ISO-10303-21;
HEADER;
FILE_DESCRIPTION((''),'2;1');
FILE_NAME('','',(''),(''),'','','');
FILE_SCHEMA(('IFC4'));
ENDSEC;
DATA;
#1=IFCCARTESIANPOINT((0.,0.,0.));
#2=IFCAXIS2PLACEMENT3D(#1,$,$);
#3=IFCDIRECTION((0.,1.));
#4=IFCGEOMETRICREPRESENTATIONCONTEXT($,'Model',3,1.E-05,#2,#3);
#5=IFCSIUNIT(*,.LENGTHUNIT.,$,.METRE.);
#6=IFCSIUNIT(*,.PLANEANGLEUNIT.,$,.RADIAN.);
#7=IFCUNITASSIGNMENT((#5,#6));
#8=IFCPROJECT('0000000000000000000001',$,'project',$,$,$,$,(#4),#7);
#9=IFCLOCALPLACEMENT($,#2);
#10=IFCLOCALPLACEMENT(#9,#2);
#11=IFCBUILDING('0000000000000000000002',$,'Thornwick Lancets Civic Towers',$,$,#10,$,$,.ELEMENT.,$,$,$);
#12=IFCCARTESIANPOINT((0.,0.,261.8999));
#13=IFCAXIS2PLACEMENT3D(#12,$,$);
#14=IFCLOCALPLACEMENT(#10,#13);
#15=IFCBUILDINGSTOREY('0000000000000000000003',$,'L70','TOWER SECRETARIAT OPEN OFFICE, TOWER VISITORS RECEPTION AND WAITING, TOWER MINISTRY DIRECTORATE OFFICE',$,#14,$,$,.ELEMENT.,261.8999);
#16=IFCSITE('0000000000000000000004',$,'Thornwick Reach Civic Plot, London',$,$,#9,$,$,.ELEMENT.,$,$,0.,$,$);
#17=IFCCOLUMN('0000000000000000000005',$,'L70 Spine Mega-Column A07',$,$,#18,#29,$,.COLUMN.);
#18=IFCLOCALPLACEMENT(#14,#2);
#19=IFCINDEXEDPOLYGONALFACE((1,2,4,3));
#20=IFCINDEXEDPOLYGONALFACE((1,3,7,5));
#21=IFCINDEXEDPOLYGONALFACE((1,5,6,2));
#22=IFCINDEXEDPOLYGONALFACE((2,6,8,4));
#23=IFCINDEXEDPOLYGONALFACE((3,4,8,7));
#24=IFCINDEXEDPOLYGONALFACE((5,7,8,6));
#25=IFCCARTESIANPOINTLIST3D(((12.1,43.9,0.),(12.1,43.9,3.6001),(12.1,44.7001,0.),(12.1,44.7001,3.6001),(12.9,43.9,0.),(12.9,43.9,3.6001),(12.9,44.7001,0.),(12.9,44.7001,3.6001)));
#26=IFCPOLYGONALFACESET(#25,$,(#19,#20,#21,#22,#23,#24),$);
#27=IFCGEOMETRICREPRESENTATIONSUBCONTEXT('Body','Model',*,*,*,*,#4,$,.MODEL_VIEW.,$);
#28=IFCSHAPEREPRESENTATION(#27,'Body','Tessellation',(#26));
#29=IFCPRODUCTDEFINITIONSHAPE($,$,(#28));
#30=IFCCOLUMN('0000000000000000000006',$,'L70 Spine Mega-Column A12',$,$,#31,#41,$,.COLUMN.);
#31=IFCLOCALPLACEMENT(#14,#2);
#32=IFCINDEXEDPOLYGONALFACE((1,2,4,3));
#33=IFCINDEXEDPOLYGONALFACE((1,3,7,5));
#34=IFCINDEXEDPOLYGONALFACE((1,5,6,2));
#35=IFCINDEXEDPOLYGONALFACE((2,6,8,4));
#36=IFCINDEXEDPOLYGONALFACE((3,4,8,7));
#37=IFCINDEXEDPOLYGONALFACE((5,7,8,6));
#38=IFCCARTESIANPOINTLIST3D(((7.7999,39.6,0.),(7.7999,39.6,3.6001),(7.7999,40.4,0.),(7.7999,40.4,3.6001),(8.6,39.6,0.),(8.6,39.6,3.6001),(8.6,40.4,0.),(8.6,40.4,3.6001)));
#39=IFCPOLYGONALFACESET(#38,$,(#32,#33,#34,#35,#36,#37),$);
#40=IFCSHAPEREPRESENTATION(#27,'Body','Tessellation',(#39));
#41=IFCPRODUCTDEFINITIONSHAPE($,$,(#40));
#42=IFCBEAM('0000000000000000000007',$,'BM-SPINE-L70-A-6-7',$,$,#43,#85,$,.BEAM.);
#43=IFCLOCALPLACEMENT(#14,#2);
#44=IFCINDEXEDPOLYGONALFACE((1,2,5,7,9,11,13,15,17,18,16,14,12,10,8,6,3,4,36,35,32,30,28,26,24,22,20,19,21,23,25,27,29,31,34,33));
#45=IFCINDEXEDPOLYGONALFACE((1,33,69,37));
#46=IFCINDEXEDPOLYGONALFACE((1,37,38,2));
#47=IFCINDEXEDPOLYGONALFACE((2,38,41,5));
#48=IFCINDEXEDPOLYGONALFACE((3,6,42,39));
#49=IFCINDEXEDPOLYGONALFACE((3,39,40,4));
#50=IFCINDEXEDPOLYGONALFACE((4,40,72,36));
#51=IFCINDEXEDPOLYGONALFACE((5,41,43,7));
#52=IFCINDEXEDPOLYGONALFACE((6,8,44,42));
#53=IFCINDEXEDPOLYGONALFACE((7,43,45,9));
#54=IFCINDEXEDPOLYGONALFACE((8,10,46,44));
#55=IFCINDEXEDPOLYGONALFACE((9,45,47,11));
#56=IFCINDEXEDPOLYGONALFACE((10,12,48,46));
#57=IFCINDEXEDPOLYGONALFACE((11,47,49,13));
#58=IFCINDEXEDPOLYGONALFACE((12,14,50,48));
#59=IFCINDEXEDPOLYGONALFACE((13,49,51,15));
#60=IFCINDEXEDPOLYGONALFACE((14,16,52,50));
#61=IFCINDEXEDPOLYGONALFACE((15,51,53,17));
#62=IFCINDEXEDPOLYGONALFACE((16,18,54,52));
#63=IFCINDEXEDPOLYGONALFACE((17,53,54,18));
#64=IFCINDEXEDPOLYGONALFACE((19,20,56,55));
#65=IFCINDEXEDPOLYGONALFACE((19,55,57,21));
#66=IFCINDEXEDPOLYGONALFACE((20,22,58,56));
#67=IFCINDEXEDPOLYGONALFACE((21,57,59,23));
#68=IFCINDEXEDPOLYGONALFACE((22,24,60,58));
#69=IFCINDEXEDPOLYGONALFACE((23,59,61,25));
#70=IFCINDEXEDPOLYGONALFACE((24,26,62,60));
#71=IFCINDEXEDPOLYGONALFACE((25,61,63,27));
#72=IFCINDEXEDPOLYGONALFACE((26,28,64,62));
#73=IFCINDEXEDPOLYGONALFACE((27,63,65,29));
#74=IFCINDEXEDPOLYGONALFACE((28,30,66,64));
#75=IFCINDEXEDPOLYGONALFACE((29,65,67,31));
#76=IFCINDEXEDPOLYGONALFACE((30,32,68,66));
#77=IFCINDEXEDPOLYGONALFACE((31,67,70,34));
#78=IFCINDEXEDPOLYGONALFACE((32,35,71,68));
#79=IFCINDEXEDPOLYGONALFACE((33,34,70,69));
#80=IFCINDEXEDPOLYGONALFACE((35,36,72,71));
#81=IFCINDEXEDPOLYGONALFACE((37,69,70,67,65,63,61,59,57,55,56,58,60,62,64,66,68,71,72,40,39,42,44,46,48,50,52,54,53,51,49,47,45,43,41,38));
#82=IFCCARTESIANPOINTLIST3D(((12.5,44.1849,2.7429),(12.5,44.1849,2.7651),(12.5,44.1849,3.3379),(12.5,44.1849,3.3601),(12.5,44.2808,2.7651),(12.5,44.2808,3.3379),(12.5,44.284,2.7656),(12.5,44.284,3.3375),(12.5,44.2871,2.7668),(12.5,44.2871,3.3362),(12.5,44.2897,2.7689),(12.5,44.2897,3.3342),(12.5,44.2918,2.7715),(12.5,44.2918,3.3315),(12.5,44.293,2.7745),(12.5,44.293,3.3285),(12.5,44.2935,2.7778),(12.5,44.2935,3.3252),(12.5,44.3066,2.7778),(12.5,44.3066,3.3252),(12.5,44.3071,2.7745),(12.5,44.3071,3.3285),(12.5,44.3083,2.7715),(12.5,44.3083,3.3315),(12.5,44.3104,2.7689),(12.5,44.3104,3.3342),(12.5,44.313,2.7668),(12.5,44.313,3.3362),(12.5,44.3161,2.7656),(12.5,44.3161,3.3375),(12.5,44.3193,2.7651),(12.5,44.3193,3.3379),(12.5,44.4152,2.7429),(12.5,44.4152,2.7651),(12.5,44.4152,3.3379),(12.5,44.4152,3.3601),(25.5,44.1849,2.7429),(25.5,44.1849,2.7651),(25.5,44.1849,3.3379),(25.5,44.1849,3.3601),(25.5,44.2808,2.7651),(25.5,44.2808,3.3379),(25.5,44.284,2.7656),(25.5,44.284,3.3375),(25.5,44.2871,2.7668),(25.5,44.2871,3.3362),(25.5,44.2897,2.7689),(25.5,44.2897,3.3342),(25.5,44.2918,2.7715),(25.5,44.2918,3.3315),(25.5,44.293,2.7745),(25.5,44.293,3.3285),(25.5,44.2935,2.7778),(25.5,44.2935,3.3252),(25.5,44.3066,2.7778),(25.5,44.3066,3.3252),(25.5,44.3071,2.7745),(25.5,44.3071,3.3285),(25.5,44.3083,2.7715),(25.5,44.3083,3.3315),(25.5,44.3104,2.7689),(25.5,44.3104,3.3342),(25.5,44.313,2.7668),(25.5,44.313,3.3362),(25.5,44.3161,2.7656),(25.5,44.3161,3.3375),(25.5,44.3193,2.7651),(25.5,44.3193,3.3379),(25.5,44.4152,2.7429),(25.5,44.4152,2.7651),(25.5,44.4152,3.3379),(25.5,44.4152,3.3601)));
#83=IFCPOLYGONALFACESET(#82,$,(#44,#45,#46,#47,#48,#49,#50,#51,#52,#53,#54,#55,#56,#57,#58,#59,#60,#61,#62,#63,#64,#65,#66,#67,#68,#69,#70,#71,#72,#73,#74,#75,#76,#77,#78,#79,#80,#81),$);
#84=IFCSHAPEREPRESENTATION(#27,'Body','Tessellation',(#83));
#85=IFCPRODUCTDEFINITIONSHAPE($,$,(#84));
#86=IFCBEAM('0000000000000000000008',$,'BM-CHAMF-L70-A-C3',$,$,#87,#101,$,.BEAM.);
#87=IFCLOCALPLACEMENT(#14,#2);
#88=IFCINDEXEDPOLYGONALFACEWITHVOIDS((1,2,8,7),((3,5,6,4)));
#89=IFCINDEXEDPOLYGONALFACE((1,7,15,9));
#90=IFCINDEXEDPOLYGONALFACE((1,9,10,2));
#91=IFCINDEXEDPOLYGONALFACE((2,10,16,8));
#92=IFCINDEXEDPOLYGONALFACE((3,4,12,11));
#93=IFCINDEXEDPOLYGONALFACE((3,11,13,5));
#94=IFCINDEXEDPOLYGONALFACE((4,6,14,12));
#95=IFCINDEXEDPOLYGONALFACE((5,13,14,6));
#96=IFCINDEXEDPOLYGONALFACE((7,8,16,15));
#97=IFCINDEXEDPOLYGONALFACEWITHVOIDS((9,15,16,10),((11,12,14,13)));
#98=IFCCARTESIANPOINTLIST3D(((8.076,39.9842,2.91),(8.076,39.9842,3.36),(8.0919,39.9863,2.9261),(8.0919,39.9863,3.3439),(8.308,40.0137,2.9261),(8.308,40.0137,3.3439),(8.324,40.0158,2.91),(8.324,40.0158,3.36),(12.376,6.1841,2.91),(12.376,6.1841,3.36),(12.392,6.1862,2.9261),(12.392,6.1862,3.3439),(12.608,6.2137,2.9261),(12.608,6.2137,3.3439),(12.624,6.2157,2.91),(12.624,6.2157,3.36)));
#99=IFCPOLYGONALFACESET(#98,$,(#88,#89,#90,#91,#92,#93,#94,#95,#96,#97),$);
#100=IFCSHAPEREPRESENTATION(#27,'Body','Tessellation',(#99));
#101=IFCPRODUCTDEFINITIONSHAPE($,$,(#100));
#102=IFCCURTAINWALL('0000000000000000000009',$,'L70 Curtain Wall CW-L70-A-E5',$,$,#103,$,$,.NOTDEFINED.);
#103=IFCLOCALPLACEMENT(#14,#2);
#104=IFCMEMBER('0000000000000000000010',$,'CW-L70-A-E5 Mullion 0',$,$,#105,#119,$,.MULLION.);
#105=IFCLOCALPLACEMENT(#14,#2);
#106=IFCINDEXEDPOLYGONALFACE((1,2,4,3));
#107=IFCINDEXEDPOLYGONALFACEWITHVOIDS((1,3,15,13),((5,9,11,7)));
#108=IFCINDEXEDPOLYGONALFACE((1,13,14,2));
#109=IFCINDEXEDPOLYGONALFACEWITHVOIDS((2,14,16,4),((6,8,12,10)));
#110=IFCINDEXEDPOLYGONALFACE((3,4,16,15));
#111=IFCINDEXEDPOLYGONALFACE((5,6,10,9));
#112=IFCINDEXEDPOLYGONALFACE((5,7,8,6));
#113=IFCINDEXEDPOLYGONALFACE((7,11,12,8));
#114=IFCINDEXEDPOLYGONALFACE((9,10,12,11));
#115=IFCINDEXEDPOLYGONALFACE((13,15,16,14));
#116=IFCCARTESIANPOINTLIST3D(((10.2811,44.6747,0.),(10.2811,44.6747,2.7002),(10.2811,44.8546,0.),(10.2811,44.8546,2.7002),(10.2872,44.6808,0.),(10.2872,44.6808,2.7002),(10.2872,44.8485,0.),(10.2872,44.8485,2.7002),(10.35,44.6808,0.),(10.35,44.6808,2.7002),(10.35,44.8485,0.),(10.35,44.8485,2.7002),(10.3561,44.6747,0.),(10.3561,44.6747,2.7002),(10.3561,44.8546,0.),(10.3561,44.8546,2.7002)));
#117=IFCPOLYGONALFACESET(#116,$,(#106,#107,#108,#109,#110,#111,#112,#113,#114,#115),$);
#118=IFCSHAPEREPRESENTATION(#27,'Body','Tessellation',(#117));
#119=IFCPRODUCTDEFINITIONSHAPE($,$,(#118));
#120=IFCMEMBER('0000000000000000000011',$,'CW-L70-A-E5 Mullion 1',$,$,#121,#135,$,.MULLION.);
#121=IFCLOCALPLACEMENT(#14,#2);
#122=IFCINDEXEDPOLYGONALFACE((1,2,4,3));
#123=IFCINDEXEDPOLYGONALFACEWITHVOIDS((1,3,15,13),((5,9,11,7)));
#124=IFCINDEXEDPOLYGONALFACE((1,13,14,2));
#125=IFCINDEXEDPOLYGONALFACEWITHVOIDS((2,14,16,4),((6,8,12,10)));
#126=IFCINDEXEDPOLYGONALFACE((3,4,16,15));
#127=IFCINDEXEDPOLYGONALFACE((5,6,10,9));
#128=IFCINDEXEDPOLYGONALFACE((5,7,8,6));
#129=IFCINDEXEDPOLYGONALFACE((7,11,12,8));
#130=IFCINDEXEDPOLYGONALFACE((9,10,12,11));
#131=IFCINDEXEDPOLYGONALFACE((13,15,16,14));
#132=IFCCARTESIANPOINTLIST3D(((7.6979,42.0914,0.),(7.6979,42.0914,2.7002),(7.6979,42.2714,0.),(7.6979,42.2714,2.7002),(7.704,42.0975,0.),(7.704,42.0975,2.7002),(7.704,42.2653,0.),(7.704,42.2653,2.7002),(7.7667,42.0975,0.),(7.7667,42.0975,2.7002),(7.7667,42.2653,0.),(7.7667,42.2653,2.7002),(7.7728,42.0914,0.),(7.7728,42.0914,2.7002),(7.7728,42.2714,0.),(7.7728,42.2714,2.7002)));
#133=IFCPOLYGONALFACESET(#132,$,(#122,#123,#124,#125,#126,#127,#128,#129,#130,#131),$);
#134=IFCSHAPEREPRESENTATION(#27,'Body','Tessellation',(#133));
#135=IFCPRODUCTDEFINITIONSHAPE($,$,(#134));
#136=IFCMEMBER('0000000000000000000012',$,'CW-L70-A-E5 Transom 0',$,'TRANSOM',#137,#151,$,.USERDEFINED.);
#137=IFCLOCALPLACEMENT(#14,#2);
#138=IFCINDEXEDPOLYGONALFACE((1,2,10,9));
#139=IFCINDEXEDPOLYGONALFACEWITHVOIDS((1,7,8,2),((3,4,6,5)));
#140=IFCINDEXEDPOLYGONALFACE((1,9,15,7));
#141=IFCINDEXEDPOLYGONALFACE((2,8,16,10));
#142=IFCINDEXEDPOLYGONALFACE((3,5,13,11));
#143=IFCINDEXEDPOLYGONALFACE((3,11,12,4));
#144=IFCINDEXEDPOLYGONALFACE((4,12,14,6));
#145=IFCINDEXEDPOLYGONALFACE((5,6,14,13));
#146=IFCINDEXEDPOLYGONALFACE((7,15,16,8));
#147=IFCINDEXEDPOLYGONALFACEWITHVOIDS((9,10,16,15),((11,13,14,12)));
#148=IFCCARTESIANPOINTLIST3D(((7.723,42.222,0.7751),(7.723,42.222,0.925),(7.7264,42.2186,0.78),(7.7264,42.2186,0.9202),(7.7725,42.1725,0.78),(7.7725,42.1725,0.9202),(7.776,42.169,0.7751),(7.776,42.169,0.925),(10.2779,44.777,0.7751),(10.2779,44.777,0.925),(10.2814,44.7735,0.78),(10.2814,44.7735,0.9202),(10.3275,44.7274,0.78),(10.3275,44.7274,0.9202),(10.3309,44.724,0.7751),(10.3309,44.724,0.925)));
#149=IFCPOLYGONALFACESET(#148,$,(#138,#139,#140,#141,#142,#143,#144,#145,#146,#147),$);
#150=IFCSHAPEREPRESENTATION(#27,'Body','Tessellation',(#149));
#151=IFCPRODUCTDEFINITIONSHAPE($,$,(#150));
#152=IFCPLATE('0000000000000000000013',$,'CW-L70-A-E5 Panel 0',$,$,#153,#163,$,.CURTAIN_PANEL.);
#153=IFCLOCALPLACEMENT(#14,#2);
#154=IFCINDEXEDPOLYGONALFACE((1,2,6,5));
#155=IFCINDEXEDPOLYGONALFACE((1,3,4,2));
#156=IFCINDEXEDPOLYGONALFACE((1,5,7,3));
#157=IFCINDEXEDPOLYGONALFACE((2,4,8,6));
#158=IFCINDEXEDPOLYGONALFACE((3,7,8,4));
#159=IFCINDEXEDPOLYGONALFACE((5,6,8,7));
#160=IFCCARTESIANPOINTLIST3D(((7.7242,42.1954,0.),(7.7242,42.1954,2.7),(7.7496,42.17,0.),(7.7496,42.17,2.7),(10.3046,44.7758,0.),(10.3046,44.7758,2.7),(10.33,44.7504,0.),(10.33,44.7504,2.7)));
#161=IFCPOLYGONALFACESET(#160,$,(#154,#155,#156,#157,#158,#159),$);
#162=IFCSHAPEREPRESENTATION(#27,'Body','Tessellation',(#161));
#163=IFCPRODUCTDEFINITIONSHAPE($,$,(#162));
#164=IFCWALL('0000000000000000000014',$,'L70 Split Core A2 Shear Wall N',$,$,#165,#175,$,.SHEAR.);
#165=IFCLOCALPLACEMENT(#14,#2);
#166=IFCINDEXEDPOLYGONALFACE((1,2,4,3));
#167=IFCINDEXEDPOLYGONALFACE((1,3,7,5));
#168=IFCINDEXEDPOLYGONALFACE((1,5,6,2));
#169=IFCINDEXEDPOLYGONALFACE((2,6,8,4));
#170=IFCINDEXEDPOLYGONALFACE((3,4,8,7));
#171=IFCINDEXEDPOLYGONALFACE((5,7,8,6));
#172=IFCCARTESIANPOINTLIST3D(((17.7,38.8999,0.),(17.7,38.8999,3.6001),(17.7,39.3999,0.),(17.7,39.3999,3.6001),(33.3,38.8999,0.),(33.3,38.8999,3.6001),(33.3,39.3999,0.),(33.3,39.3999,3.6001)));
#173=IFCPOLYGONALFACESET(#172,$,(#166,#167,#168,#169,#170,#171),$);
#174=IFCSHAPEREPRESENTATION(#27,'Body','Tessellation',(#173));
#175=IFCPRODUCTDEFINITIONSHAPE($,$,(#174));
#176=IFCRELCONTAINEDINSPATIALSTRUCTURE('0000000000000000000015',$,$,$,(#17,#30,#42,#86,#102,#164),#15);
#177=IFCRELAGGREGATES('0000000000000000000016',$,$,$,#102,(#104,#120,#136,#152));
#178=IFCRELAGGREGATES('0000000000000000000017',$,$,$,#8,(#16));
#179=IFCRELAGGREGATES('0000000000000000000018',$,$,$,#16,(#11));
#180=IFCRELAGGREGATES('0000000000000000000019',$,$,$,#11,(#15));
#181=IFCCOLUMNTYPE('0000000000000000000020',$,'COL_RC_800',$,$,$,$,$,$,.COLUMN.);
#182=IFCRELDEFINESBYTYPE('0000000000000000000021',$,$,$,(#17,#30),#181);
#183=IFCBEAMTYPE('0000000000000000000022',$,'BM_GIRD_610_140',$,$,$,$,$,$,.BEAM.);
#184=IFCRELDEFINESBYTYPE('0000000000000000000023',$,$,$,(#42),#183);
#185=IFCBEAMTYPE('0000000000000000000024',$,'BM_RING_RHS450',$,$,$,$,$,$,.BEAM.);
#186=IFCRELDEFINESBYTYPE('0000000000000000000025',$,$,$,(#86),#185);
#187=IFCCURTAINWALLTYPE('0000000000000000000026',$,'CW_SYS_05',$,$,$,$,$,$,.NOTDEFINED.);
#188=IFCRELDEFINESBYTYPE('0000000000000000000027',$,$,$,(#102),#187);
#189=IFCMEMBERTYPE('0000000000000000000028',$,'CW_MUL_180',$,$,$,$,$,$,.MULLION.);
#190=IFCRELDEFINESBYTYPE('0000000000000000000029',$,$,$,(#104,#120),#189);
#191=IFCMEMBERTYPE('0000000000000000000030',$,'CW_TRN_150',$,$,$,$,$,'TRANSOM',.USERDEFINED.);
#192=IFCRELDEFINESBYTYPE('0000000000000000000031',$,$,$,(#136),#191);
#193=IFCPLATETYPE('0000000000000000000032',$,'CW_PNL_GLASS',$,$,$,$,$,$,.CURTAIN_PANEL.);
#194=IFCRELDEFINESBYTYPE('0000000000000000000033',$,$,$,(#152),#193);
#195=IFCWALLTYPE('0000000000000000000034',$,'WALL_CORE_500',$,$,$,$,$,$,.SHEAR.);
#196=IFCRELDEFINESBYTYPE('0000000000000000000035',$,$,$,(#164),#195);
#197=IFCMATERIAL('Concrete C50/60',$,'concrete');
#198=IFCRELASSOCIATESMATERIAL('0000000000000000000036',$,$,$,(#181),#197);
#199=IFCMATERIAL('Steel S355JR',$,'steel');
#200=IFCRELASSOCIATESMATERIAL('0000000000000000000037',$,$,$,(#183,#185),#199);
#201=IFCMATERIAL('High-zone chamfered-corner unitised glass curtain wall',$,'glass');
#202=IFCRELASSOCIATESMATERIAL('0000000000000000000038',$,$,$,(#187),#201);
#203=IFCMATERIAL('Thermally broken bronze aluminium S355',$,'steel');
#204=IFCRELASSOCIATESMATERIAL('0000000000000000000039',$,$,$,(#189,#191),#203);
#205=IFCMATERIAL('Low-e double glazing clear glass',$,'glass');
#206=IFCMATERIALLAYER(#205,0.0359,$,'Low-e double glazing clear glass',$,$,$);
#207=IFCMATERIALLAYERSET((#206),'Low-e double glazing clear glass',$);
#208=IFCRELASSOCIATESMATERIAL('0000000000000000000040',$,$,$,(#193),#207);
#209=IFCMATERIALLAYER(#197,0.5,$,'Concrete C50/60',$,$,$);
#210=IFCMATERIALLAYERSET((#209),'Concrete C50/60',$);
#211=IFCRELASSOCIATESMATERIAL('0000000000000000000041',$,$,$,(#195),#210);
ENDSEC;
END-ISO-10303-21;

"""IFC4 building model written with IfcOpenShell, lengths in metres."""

from ifc_helpers import new_model, si_unit, direction, frame, frame_2d, origin, origin_2d, place, context, subcontext, project, spatial, rectangle, hollow_rectangle, i_section, extrude, material, layer, layer_set, material_profile, profile_set, type_object, element, aggregate, save


model = new_model("IFC4")

# Units and contexts
model_context = context("Model", 3, precision=1e-05, world=origin(), true_north=direction((0.0, 1.0)))
body_context = subcontext(model_context, "Body", "Model", "MODEL_VIEW")
ifc_project = project(units=[si_unit("LENGTHUNIT", "METRE"), si_unit("PLANEANGLEUNIT", "RADIAN")], contexts=[model_context])

# Site, building, storey
site_placement = place(None, origin())
site = spatial("IfcSite", under=ifc_project, at=site_placement, Name="Thornwick Reach Civic Plot, London", CompositionType="ELEMENT", RefElevation=0.0)
building_placement = place(site_placement, origin())
building = spatial("IfcBuilding", under=site, at=building_placement, Name="Thornwick Lancets Civic Towers", CompositionType="ELEMENT")
storey_placement = place(building_placement, frame((0.0, 0.0, 261.8999)))
storey = spatial("IfcBuildingStorey", under=building, at=storey_placement, Name="L70", Description="TOWER SECRETARIAT OPEN OFFICE, TOWER VISITORS RECEPTION AND WAITING, TOWER MINISTRY DIRECTORATE OFFICE", CompositionType="ELEMENT", Elevation=261.8999)

# Columns
ifc_material_1 = material(Name="Concrete C50/60", Category="concrete")
ifc_material_profile_1 = material_profile(ifc_material_1, rectangle(XDim=0.8, YDim=0.8, at=origin_2d()), Name="RC 800x800")
ifc_profile_set_1 = profile_set([ifc_material_profile_1], Name="Concrete C50/60")
column_type = type_object("IfcColumnType", Name="COL_RC_800", PredefinedType="COLUMN", material=ifc_profile_set_1)
for number, where, z_axis, x_axis, name in (
    (1, (12.5, 44.3, 0.0), (0.0, 0.0, 1.0), (1.0, 0.0, 0.0), "L70 Spine Mega-Column A07"),
    (2, (8.2, 40.0, 0.0), (0.0, 0.0, 1.0), (1.0, 0.0, 0.0), "L70 Spine Mega-Column A12"),
):
    element("IfcColumn", number, at=place(storey_placement, frame(where, z_axis=z_axis, x_axis=x_axis)), inside=storey, type_object=column_type, Name=name, PredefinedType="COLUMN", context=body_context, shape_type="SweptSolid", body=[
        extrude(rectangle(XDim=0.8, YDim=0.8, at=origin_2d()), origin(), (0.0, 0.0, 1.0), 3.6001),
    ])

# Beams
ifc_material_2 = material(Name="Steel S355JR", Category="steel")
ifc_material_profile_2 = material_profile(ifc_material_2, i_section(OverallWidth=0.2302, OverallDepth=0.6172, WebThickness=0.0132, FlangeThickness=0.0222, FilletRadius=0.0127, at=origin_2d()), Name="UKB 610x229x140")
ifc_profile_set_2 = profile_set([ifc_material_profile_2], Name="Steel S355JR")
beam_type_1 = type_object("IfcBeamType", Name="BM_GIRD_610_140", PredefinedType="BEAM", material=ifc_profile_set_2)
beam_1_placement = place(storey_placement, frame((12.5, 44.3, 3.0515), z_axis=(1.0, 0.0, 0.0), x_axis=(0.0, 1.0, 0.0)))
element("IfcBeam", 3, at=beam_1_placement, inside=storey, type_object=beam_type_1, Name="BM-SPINE-L70-A-6-7", PredefinedType="BEAM", context=body_context, shape_type="SweptSolid", body=[
    extrude(i_section(OverallWidth=0.2302, OverallDepth=0.6172, WebThickness=0.0132, FlangeThickness=0.0222, FilletRadius=0.0127, at=origin_2d()), origin(), (0.0, 0.0, 1.0), 13.0),
])
ifc_material_profile_3 = material_profile(ifc_material_2, hollow_rectangle(XDim=0.25, YDim=0.45, WallThickness=0.0161, at=origin_2d()), Name="RHS 450x250x16")
ifc_profile_set_3 = profile_set([ifc_material_profile_3], Name="Steel S355JR")
beam_type_2 = type_object("IfcBeamType", Name="BM_RING_RHS450", PredefinedType="BEAM", material=ifc_profile_set_3)
beam_2_placement = place(storey_placement, frame((8.2, 40.0, 3.135), z_axis=(0.126203, -0.992004, 0.0), x_axis=(0.992004, 0.126203, 0.0)))
element("IfcBeam", 4, at=beam_2_placement, inside=storey, type_object=beam_type_2, Name="BM-CHAMF-L70-A-C3", PredefinedType="BEAM", context=body_context, shape_type="SweptSolid", body=[
    extrude(hollow_rectangle(XDim=0.25, YDim=0.45, WallThickness=0.0161, at=origin_2d()), origin(), (0.0, 0.0, 1.0), 34.0725),
])

# Curtain wall, members, plate
ifc_material_3 = material(Name="High-zone chamfered-corner unitised glass curtain wall", Category="glass")
curtain_wall_type = type_object("IfcCurtainWallType", Name="CW_SYS_05", PredefinedType="NOTDEFINED", material=ifc_material_3)
curtain_wall_placement = place(storey_placement, origin())
curtain_wall = element("IfcCurtainWall", 5, at=curtain_wall_placement, inside=storey, type_object=curtain_wall_type, Name="L70 Curtain Wall CW-L70-A-E5", PredefinedType="NOTDEFINED")
ifc_material_4 = material(Name="Thermally broken bronze aluminium S355", Category="steel")
ifc_material_profile_4 = material_profile(ifc_material_4, hollow_rectangle(XDim=0.075, YDim=0.1799, WallThickness=0.0061, at=origin_2d()), Name="RHS 180x75x6")
ifc_profile_set_4 = profile_set([ifc_material_profile_4], Name="Thermally broken bronze aluminium S355")
member_type_1 = type_object("IfcMemberType", Name="CW_MUL_180", PredefinedType="MULLION", material=ifc_profile_set_4)
member_1_placement = place(storey_placement, frame((10.3186, 44.7646, 0.0), z_axis=(0.0, 0.0, 1.0), x_axis=(1.0, 0.0, 0.0)))
member_1 = element("IfcMember", 6, at=member_1_placement, type_object=member_type_1, Name="CW-L70-A-E5 Mullion 0", PredefinedType="MULLION", context=body_context, shape_type="SweptSolid", body=[
    extrude(hollow_rectangle(XDim=0.075, YDim=0.1799, WallThickness=0.0061, at=origin_2d()), origin(), (0.0, 0.0, 1.0), 2.7002),
])
member_2_placement = place(storey_placement, frame((7.7354, 42.1814, 0.0), z_axis=(0.0, 0.0, 1.0), x_axis=(1.0, 0.0, 0.0)))
member_2 = element("IfcMember", 7, at=member_2_placement, type_object=member_type_1, Name="CW-L70-A-E5 Mullion 1", PredefinedType="MULLION", context=body_context, shape_type="SweptSolid", body=[
    extrude(hollow_rectangle(XDim=0.075, YDim=0.1799, WallThickness=0.0061, at=origin_2d()), origin(), (0.0, 0.0, 1.0), 2.7002),
])
ifc_material_profile_5 = material_profile(ifc_material_4, hollow_rectangle(XDim=0.075, YDim=0.1499, WallThickness=0.0049, at=origin_2d()), Name="RHS 150x75x5")
ifc_profile_set_5 = profile_set([ifc_material_profile_5], Name="Thermally broken bronze aluminium S355")
member_type_2 = type_object("IfcMemberType", Name="CW_TRN_150", ElementType="TRANSOM", PredefinedType="USERDEFINED", material=ifc_profile_set_5)
member_3_placement = place(storey_placement, frame((10.3044, 44.7505, 0.8501), z_axis=(-0.707107, -0.707107, 0.0), x_axis=(0.707107, -0.707107, 0.0)))
member_3 = element("IfcMember", 8, at=member_3_placement, type_object=member_type_2, Name="CW-L70-A-E5 Transom 0", ObjectType="TRANSOM", PredefinedType="USERDEFINED", context=body_context, shape_type="SweptSolid", body=[
    extrude(hollow_rectangle(XDim=0.075, YDim=0.1499, WallThickness=0.0049, at=origin_2d()), origin(), (0.0, 0.0, 1.0), 3.6133),
])
ifc_material_5 = material(Name="Low-e double glazing clear glass", Category="glass")
ifc_layer_1 = layer(ifc_material_5, 0.0359, Name="Low-e double glazing clear glass")
ifc_layer_set_1 = layer_set([ifc_layer_1], Name="Low-e double glazing clear glass")
plate_type = type_object("IfcPlateType", Name="CW_PNL_GLASS", PredefinedType="CURTAIN_PANEL", material=ifc_layer_set_1)
plate_placement = place(storey_placement, frame((9.0271, 43.4729, 0.0), z_axis=(0.0, 0.0, 1.0), x_axis=(-0.707107, -0.707107, 0.0)))
plate = element("IfcPlate", 9, at=plate_placement, type_object=plate_type, Name="CW-L70-A-E5 Panel 0", PredefinedType="CURTAIN_PANEL", context=body_context, shape_type="SweptSolid", body=[
    extrude(rectangle(XDim=3.6492, YDim=0.0359, at=origin_2d()), origin(), (0.0, 0.0, 1.0), 2.7),
])
aggregate(curtain_wall, [member_1, member_2, member_3, plate])

# Wall
ifc_layer_2 = layer(ifc_material_1, 0.5, Name="Concrete C50/60")
ifc_layer_set_2 = layer_set([ifc_layer_2], Name="Concrete C50/60")
wall_type_1 = type_object("IfcWallType", Name="WALL_CORE_500", PredefinedType="SHEAR", material=ifc_layer_set_2)
wall_1_placement = place(storey_placement, frame((17.7, 39.1499, 0.0), z_axis=(0.0, 0.0, 1.0), x_axis=(1.0, 0.0, 0.0)))
element("IfcWall", 10, at=wall_1_placement, inside=storey, type_object=wall_type_1, Name="L70 Split Core A2 Shear Wall N", PredefinedType="SHEAR", context=body_context, shape_type="SweptSolid", body=[
    extrude(rectangle(XDim=15.6001, YDim=0.5, at=frame_2d((7.8, 0.0))), origin(), (0.0, 0.0, 1.0), 3.6001),
])

save(model, "model.ifc")
